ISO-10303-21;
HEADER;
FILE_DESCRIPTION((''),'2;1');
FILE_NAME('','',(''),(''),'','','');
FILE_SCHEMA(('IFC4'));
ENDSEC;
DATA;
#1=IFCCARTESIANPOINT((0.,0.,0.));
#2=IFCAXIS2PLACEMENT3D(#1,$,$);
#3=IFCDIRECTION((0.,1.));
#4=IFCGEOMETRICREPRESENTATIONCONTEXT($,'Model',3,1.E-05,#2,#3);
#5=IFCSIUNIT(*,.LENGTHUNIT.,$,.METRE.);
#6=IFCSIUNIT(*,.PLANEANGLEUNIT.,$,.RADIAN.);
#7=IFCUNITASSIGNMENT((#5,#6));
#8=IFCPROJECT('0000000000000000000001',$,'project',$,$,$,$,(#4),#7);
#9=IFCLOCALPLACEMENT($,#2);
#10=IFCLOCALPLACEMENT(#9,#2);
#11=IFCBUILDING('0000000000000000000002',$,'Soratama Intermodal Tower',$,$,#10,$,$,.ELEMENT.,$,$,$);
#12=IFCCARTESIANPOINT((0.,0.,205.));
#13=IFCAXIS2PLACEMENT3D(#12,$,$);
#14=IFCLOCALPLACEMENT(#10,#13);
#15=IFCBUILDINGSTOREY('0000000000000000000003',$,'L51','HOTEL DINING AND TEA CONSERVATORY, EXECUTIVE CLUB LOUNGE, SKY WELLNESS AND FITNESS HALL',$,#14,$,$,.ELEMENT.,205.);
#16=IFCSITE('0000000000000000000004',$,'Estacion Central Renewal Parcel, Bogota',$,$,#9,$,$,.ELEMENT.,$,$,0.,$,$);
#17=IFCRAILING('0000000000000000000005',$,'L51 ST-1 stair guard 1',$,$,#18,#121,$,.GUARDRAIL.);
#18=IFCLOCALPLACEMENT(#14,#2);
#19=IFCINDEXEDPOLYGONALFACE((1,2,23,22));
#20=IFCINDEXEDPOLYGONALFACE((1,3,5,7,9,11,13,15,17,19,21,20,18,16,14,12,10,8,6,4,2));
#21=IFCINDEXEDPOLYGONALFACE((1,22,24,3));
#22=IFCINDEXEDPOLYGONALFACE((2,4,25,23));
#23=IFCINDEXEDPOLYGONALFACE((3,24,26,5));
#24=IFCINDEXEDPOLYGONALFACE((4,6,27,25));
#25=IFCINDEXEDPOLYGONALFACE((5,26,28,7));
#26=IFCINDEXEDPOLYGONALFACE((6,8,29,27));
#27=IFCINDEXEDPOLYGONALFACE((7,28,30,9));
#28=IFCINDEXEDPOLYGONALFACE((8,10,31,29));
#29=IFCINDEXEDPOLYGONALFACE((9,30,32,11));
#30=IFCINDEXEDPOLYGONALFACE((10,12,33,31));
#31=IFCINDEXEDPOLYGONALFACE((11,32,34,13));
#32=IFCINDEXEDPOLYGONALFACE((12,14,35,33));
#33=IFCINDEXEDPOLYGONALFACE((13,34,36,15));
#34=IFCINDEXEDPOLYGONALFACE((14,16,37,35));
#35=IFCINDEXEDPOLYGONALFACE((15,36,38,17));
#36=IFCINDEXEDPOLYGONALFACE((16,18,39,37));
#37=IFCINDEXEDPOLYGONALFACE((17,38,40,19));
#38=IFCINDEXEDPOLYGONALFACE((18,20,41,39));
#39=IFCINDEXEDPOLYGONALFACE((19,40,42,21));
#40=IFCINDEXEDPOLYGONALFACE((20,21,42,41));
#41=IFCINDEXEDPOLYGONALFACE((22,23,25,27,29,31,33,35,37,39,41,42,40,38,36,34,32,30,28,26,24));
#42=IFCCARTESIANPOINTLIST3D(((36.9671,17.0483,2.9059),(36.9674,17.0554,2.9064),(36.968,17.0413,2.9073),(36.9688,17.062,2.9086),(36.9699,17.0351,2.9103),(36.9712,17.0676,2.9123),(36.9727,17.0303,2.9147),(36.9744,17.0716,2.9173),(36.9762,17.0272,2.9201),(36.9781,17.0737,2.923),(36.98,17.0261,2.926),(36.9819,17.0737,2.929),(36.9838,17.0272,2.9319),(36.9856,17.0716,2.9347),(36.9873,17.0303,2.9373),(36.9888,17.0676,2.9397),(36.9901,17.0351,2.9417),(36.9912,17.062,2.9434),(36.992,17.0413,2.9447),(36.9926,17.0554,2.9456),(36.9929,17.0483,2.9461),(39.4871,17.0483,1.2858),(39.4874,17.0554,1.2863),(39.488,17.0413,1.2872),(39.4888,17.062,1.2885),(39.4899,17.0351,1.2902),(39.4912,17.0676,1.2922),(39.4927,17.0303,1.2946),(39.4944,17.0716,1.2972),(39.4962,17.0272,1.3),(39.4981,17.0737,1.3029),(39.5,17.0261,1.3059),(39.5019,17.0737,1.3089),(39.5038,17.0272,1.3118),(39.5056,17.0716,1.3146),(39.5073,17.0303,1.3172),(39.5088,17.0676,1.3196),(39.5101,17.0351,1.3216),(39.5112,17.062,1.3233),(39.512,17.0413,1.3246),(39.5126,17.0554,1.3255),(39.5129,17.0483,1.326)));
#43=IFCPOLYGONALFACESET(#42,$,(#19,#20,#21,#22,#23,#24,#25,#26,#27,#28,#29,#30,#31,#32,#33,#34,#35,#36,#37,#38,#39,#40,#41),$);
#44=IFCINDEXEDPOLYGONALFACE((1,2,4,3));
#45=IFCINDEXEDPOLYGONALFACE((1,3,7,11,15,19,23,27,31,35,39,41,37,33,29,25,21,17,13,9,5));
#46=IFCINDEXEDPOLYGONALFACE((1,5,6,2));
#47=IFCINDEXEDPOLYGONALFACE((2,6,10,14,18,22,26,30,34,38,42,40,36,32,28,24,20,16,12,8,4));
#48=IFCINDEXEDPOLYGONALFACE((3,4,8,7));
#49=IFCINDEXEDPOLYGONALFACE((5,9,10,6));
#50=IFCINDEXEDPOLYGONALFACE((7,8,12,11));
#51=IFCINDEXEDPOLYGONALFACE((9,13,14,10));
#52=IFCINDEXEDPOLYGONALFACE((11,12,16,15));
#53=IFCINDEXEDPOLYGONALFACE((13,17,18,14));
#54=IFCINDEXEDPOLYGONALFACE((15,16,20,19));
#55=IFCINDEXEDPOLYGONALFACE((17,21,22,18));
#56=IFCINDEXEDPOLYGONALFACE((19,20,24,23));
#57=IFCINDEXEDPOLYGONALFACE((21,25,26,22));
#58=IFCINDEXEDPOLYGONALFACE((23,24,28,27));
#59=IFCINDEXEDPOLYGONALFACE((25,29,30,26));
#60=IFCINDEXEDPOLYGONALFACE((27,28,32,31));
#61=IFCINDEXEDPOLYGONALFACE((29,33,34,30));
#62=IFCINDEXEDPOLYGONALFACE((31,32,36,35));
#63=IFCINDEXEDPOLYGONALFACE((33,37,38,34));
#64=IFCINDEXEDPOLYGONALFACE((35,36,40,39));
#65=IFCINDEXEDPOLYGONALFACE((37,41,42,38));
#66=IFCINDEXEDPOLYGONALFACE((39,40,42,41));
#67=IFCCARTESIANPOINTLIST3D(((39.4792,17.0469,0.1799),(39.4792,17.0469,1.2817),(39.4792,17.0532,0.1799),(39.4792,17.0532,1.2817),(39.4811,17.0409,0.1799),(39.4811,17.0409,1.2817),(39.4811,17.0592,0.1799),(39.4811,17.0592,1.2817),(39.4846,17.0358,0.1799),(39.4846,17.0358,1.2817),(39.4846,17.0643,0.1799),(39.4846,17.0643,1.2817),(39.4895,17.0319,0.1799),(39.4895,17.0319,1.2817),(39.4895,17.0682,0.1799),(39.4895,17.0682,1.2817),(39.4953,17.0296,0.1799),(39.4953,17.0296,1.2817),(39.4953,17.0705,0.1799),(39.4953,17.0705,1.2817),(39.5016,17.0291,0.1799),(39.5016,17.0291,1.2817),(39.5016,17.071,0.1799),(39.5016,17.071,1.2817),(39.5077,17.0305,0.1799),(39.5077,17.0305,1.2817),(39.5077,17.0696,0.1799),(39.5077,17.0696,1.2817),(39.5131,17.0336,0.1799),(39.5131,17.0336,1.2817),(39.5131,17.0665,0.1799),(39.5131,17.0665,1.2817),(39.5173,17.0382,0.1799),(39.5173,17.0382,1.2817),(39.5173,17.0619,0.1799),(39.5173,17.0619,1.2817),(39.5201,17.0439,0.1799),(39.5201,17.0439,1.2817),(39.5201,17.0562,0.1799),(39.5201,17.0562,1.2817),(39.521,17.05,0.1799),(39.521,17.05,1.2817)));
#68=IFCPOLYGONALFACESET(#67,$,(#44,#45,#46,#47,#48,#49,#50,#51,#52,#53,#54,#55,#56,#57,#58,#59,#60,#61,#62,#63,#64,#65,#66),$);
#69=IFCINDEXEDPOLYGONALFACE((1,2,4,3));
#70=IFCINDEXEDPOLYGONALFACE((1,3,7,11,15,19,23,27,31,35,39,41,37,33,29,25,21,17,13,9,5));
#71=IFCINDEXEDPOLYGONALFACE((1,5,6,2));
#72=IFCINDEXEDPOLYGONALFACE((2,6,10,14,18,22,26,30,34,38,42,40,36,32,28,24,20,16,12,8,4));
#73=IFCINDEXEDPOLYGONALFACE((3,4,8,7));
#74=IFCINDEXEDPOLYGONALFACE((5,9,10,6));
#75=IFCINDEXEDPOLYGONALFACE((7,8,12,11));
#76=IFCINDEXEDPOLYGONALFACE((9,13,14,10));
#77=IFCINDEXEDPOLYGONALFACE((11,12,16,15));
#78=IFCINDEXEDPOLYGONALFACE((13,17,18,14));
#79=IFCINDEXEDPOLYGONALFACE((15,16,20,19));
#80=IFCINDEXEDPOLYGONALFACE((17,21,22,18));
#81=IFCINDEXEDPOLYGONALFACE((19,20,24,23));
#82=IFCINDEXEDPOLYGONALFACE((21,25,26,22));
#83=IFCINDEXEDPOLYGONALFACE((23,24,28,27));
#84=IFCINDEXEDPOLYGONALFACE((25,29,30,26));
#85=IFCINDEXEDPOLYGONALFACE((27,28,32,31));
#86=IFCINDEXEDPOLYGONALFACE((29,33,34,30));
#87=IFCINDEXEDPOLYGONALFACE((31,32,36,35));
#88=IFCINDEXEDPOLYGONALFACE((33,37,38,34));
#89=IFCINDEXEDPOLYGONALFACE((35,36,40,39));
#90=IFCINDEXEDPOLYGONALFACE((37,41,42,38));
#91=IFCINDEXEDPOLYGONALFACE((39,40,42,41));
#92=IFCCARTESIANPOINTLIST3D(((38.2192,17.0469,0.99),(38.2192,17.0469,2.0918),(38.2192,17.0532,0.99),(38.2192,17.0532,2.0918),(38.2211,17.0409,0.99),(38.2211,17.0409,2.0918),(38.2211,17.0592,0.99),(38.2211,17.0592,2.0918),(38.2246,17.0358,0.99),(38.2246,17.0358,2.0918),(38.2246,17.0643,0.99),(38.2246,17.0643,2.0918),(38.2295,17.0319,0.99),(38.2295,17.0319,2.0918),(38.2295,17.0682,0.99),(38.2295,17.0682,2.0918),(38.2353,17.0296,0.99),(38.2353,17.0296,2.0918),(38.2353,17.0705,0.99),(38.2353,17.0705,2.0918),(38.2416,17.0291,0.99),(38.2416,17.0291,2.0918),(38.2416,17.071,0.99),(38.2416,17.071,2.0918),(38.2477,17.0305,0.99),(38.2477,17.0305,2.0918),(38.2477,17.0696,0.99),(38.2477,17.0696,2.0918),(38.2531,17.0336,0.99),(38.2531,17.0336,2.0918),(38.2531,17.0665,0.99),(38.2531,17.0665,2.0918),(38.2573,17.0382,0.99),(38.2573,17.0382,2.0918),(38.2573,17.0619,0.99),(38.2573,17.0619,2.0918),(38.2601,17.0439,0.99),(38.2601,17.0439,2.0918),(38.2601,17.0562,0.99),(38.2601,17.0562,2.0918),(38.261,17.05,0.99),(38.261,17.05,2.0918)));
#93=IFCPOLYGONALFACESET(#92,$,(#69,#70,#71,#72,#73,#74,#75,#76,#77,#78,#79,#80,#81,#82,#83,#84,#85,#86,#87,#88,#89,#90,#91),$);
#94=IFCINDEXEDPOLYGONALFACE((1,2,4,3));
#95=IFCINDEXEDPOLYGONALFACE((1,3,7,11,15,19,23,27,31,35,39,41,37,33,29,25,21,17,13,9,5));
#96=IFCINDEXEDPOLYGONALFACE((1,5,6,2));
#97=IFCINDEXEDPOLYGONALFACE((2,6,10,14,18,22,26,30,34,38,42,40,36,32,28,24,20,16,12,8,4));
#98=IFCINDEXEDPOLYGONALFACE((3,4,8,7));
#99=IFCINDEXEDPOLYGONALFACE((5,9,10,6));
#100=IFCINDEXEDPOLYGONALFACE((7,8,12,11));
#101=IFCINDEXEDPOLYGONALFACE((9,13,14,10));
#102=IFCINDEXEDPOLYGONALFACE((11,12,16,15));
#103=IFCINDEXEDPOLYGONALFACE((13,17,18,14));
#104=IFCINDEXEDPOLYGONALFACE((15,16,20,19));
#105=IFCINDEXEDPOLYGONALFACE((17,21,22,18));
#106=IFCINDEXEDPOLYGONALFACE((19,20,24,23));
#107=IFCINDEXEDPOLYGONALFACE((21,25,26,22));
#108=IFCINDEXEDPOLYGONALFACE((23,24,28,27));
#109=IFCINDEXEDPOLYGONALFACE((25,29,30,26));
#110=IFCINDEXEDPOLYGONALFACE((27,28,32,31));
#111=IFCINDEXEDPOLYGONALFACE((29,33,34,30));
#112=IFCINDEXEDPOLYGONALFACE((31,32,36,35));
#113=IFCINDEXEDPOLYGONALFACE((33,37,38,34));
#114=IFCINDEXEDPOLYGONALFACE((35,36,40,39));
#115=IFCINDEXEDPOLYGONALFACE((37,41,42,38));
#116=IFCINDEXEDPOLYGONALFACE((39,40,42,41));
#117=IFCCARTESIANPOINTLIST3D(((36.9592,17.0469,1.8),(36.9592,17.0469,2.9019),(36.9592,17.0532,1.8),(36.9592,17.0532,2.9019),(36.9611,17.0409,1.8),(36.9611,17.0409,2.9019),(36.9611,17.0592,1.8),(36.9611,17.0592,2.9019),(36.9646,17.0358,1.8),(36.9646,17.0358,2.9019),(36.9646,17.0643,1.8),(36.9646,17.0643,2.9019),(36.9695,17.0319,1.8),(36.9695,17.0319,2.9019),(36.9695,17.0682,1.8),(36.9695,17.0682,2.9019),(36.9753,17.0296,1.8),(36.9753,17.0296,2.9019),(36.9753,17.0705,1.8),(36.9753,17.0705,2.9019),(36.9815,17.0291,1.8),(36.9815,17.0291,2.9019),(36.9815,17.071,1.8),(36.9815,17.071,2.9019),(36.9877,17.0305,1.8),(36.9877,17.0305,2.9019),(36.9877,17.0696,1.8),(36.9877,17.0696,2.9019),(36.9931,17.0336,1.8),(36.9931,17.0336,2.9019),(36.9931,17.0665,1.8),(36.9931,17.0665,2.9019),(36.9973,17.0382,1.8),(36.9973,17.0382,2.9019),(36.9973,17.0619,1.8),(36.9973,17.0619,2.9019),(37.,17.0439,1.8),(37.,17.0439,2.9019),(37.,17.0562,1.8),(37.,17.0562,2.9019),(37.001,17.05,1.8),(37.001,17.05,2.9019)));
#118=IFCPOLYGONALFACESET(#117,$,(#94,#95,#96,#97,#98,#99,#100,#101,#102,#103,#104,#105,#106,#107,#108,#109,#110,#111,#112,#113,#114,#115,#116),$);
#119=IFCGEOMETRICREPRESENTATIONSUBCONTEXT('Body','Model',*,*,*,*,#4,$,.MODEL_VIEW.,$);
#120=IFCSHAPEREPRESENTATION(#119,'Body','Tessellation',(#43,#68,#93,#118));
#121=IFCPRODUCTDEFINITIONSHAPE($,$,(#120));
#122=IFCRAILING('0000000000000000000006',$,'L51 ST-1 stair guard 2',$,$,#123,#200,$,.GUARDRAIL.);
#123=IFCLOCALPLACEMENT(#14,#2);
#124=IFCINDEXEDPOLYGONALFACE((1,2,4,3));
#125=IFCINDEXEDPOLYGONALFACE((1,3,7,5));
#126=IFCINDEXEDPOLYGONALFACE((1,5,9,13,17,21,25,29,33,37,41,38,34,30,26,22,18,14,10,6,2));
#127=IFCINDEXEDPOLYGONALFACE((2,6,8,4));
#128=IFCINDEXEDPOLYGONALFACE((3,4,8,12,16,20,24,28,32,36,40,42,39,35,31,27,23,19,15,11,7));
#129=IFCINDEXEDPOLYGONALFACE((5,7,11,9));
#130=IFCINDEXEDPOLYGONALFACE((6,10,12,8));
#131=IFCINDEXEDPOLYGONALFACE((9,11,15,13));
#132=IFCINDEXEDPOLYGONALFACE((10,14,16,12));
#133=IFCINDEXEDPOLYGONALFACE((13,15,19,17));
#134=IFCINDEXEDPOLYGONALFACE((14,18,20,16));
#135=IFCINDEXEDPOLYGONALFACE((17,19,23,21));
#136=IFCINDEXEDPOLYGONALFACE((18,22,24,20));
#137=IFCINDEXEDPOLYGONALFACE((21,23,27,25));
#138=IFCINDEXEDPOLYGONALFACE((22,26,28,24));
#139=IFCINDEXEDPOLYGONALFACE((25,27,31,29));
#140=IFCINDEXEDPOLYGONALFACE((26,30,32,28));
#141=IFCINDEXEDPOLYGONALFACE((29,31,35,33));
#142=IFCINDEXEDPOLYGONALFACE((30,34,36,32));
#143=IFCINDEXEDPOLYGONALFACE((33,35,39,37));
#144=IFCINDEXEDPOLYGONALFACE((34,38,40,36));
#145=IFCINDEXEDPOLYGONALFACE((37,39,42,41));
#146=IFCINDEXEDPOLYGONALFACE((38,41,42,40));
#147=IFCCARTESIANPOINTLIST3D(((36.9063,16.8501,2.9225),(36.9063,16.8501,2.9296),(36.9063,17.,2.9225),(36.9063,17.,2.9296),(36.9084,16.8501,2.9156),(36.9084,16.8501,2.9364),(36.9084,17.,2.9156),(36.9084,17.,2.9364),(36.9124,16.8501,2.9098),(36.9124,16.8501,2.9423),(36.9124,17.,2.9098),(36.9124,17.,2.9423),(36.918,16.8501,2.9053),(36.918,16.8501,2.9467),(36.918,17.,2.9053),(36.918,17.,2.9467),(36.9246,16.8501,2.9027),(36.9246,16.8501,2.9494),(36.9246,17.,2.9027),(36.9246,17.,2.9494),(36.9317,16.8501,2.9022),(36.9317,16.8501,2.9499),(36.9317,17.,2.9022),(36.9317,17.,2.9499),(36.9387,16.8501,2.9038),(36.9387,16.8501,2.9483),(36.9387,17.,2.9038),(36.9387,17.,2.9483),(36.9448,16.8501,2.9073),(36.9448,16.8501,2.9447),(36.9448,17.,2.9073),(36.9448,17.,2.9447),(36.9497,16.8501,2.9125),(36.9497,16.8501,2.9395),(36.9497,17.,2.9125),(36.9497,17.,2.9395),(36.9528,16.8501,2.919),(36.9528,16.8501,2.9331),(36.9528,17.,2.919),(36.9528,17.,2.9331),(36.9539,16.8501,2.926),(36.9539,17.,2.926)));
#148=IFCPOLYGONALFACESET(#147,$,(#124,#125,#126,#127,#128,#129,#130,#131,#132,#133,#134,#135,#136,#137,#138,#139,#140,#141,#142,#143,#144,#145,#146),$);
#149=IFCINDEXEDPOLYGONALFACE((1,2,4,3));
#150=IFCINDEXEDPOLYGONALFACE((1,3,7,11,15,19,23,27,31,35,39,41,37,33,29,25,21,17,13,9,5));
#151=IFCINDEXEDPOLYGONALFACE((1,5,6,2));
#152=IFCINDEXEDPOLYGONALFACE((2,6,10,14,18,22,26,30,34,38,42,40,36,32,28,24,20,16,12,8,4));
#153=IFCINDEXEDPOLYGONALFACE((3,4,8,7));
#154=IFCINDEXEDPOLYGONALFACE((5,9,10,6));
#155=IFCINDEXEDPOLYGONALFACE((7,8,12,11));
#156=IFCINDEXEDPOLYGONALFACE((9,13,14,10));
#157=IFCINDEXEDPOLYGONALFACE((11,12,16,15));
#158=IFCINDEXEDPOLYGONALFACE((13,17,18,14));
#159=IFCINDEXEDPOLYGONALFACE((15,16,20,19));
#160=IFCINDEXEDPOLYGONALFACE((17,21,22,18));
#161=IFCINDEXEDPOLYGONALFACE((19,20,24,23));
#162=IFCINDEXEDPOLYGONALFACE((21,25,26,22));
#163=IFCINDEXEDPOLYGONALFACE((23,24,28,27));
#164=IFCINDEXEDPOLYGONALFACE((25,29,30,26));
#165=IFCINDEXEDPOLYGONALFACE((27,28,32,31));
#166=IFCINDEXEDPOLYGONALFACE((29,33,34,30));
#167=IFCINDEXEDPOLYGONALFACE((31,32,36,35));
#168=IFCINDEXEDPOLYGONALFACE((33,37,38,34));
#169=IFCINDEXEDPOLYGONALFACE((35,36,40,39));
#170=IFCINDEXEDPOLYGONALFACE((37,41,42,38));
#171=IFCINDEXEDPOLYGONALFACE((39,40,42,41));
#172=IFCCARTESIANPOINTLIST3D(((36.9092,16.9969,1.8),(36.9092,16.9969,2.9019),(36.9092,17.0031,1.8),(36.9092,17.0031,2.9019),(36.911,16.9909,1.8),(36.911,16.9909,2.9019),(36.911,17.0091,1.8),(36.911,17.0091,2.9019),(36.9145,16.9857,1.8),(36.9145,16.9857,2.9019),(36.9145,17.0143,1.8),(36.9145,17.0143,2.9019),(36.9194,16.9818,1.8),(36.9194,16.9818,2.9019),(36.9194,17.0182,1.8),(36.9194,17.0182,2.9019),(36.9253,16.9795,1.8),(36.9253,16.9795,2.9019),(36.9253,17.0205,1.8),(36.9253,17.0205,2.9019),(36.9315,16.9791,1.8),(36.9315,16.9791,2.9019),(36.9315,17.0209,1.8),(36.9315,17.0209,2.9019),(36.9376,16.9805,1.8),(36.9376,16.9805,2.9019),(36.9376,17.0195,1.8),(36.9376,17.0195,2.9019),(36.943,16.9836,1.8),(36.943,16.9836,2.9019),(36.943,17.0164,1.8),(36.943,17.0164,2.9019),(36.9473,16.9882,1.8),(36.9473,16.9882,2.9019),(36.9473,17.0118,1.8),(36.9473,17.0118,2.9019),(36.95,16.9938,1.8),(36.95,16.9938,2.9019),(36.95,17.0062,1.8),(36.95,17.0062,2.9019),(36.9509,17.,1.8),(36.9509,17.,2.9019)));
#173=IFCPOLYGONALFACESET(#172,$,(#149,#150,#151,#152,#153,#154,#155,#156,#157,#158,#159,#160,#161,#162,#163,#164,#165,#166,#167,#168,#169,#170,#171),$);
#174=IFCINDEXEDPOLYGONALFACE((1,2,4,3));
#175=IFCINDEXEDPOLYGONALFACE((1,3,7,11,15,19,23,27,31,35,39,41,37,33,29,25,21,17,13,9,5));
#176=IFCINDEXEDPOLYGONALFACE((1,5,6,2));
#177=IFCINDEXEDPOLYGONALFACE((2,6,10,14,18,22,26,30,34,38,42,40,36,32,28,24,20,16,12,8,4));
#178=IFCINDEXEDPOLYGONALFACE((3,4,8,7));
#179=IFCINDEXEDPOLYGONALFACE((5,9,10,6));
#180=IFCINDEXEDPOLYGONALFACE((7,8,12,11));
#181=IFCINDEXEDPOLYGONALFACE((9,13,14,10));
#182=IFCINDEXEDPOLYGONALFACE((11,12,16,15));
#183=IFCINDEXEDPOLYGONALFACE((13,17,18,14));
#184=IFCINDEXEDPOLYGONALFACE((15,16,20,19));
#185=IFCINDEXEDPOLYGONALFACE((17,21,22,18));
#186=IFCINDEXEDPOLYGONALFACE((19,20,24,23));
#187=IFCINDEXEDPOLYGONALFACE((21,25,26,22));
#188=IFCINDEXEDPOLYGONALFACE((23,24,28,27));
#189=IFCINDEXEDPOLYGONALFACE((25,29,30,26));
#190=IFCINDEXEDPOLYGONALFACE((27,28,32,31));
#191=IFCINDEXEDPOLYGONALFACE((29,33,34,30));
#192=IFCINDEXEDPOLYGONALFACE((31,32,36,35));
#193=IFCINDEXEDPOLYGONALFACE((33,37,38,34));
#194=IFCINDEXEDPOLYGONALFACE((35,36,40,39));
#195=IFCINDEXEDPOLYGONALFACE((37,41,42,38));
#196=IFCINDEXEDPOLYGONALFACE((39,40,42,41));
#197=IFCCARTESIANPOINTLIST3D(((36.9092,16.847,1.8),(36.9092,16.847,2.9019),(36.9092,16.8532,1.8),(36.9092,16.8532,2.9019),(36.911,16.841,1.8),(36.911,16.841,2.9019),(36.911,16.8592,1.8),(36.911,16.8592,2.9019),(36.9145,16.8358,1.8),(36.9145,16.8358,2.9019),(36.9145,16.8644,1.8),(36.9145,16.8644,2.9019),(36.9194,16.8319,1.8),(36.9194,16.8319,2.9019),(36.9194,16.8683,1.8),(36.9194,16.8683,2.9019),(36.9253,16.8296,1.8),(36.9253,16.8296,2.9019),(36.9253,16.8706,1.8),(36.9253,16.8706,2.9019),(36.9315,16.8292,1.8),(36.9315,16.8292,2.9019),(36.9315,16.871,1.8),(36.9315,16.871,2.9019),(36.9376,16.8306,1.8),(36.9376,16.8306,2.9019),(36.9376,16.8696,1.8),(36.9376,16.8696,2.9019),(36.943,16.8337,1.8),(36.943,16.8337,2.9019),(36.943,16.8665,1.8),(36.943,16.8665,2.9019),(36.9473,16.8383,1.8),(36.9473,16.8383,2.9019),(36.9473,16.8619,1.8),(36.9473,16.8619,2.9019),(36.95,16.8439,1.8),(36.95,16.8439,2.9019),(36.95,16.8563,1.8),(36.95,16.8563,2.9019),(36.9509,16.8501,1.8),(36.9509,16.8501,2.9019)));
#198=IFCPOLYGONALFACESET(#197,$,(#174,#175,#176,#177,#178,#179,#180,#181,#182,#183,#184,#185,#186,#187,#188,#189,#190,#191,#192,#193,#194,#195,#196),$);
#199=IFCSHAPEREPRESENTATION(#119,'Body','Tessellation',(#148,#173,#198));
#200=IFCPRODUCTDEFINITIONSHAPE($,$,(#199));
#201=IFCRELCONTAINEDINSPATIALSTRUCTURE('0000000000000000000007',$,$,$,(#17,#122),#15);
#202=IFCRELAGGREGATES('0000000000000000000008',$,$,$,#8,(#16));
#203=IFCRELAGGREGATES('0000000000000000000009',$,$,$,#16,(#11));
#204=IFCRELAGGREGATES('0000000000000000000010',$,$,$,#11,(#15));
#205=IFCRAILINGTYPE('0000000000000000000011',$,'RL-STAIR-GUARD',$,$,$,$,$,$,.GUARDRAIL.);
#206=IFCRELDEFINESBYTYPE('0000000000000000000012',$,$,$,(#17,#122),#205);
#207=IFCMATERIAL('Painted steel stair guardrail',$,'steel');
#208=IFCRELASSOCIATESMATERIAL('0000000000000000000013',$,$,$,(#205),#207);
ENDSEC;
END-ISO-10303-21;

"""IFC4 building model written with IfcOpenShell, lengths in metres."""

from ifc_helpers import new_model, si_unit, direction, frame, origin, origin_2d, place, context, subcontext, project, spatial, circle, extrude, material, type_object, element, save


model = new_model("IFC4")

# Units and contexts
model_context = context("Model", 3, precision=1e-05, world=origin(), true_north=direction((0.0, 1.0)))
body_context = subcontext(model_context, "Body", "Model", "MODEL_VIEW")
ifc_project = project(units=[si_unit("LENGTHUNIT", "METRE"), si_unit("PLANEANGLEUNIT", "RADIAN")], contexts=[model_context])

# Site, building, storey
site_placement = place(None, origin())
site = spatial("IfcSite", under=ifc_project, at=site_placement, Name="Estacion Central Renewal Parcel, Bogota", CompositionType="ELEMENT", RefElevation=0.0)
building_placement = place(site_placement, origin())
building = spatial("IfcBuilding", under=site, at=building_placement, Name="Soratama Intermodal Tower", CompositionType="ELEMENT")
storey_placement = place(building_placement, frame((0.0, 0.0, 205.0)))
storey = spatial("IfcBuildingStorey", under=building, at=storey_placement, Name="L51", Description="HOTEL DINING AND TEA CONSERVATORY, EXECUTIVE CLUB LOUNGE, SKY WELLNESS AND FITNESS HALL", CompositionType="ELEMENT", Elevation=205.0)

# Railings
ifc_material_1 = material(Name="Painted steel stair guardrail", Category="steel")
railing_type_1 = type_object("IfcRailingType", Name="RL-STAIR-GUARD", PredefinedType="GUARDRAIL", material=ifc_material_1)
railing_1_placement = place(storey_placement, frame((39.5, 17.05, 0.1799)))
element("IfcRailing", 1, at=railing_1_placement, inside=storey, type_object=railing_type_1, Name="L51 ST-1 stair guard 1", PredefinedType="GUARDRAIL", context=body_context, shape_type="SweptSolid", body=[
    extrude(circle(Radius=0.0239, at=origin_2d()), frame((0.0, 0.0, 1.126), z_axis=(-0.841163, 0.0, 0.540782), x_axis=(0.0, -1.0, 0.0)), (0.0, 0.0, 1.0), 2.9958),
    extrude(circle(Radius=0.021, at=origin_2d()), origin(), (0.0, 0.0, 1.0), 1.1018),
    extrude(circle(Radius=0.021, at=origin_2d()), frame((-1.26, 0.0, 0.8101)), (0.0, 0.0, 1.0), 1.1018),
    extrude(circle(Radius=0.021, at=origin_2d()), frame((-2.52, 0.0, 1.6201)), (0.0, 0.0, 1.0), 1.1018),
])
railing_2_placement = place(storey_placement, frame((36.9299, 17.0, 1.8)))
element("IfcRailing", 2, at=railing_2_placement, inside=storey, type_object=railing_type_1, Name="L51 ST-1 stair guard 2", PredefinedType="GUARDRAIL", context=body_context, shape_type="SweptSolid", body=[
    extrude(circle(Radius=0.0239, at=origin_2d()), frame((0.0, 0.0, 1.126), z_axis=(0.0, -1.0, 0.0), x_axis=(1.0, 0.0, 0.0)), (0.0, 0.0, 1.0), 0.1499),
    extrude(circle(Radius=0.021, at=origin_2d()), origin(), (0.0, 0.0, 1.0), 1.1018),
    extrude(circle(Radius=0.021, at=origin_2d()), frame((0.0, -0.1499, 0.0)), (0.0, 0.0, 1.0), 1.1018),
])

save(model, "model.ifc")
